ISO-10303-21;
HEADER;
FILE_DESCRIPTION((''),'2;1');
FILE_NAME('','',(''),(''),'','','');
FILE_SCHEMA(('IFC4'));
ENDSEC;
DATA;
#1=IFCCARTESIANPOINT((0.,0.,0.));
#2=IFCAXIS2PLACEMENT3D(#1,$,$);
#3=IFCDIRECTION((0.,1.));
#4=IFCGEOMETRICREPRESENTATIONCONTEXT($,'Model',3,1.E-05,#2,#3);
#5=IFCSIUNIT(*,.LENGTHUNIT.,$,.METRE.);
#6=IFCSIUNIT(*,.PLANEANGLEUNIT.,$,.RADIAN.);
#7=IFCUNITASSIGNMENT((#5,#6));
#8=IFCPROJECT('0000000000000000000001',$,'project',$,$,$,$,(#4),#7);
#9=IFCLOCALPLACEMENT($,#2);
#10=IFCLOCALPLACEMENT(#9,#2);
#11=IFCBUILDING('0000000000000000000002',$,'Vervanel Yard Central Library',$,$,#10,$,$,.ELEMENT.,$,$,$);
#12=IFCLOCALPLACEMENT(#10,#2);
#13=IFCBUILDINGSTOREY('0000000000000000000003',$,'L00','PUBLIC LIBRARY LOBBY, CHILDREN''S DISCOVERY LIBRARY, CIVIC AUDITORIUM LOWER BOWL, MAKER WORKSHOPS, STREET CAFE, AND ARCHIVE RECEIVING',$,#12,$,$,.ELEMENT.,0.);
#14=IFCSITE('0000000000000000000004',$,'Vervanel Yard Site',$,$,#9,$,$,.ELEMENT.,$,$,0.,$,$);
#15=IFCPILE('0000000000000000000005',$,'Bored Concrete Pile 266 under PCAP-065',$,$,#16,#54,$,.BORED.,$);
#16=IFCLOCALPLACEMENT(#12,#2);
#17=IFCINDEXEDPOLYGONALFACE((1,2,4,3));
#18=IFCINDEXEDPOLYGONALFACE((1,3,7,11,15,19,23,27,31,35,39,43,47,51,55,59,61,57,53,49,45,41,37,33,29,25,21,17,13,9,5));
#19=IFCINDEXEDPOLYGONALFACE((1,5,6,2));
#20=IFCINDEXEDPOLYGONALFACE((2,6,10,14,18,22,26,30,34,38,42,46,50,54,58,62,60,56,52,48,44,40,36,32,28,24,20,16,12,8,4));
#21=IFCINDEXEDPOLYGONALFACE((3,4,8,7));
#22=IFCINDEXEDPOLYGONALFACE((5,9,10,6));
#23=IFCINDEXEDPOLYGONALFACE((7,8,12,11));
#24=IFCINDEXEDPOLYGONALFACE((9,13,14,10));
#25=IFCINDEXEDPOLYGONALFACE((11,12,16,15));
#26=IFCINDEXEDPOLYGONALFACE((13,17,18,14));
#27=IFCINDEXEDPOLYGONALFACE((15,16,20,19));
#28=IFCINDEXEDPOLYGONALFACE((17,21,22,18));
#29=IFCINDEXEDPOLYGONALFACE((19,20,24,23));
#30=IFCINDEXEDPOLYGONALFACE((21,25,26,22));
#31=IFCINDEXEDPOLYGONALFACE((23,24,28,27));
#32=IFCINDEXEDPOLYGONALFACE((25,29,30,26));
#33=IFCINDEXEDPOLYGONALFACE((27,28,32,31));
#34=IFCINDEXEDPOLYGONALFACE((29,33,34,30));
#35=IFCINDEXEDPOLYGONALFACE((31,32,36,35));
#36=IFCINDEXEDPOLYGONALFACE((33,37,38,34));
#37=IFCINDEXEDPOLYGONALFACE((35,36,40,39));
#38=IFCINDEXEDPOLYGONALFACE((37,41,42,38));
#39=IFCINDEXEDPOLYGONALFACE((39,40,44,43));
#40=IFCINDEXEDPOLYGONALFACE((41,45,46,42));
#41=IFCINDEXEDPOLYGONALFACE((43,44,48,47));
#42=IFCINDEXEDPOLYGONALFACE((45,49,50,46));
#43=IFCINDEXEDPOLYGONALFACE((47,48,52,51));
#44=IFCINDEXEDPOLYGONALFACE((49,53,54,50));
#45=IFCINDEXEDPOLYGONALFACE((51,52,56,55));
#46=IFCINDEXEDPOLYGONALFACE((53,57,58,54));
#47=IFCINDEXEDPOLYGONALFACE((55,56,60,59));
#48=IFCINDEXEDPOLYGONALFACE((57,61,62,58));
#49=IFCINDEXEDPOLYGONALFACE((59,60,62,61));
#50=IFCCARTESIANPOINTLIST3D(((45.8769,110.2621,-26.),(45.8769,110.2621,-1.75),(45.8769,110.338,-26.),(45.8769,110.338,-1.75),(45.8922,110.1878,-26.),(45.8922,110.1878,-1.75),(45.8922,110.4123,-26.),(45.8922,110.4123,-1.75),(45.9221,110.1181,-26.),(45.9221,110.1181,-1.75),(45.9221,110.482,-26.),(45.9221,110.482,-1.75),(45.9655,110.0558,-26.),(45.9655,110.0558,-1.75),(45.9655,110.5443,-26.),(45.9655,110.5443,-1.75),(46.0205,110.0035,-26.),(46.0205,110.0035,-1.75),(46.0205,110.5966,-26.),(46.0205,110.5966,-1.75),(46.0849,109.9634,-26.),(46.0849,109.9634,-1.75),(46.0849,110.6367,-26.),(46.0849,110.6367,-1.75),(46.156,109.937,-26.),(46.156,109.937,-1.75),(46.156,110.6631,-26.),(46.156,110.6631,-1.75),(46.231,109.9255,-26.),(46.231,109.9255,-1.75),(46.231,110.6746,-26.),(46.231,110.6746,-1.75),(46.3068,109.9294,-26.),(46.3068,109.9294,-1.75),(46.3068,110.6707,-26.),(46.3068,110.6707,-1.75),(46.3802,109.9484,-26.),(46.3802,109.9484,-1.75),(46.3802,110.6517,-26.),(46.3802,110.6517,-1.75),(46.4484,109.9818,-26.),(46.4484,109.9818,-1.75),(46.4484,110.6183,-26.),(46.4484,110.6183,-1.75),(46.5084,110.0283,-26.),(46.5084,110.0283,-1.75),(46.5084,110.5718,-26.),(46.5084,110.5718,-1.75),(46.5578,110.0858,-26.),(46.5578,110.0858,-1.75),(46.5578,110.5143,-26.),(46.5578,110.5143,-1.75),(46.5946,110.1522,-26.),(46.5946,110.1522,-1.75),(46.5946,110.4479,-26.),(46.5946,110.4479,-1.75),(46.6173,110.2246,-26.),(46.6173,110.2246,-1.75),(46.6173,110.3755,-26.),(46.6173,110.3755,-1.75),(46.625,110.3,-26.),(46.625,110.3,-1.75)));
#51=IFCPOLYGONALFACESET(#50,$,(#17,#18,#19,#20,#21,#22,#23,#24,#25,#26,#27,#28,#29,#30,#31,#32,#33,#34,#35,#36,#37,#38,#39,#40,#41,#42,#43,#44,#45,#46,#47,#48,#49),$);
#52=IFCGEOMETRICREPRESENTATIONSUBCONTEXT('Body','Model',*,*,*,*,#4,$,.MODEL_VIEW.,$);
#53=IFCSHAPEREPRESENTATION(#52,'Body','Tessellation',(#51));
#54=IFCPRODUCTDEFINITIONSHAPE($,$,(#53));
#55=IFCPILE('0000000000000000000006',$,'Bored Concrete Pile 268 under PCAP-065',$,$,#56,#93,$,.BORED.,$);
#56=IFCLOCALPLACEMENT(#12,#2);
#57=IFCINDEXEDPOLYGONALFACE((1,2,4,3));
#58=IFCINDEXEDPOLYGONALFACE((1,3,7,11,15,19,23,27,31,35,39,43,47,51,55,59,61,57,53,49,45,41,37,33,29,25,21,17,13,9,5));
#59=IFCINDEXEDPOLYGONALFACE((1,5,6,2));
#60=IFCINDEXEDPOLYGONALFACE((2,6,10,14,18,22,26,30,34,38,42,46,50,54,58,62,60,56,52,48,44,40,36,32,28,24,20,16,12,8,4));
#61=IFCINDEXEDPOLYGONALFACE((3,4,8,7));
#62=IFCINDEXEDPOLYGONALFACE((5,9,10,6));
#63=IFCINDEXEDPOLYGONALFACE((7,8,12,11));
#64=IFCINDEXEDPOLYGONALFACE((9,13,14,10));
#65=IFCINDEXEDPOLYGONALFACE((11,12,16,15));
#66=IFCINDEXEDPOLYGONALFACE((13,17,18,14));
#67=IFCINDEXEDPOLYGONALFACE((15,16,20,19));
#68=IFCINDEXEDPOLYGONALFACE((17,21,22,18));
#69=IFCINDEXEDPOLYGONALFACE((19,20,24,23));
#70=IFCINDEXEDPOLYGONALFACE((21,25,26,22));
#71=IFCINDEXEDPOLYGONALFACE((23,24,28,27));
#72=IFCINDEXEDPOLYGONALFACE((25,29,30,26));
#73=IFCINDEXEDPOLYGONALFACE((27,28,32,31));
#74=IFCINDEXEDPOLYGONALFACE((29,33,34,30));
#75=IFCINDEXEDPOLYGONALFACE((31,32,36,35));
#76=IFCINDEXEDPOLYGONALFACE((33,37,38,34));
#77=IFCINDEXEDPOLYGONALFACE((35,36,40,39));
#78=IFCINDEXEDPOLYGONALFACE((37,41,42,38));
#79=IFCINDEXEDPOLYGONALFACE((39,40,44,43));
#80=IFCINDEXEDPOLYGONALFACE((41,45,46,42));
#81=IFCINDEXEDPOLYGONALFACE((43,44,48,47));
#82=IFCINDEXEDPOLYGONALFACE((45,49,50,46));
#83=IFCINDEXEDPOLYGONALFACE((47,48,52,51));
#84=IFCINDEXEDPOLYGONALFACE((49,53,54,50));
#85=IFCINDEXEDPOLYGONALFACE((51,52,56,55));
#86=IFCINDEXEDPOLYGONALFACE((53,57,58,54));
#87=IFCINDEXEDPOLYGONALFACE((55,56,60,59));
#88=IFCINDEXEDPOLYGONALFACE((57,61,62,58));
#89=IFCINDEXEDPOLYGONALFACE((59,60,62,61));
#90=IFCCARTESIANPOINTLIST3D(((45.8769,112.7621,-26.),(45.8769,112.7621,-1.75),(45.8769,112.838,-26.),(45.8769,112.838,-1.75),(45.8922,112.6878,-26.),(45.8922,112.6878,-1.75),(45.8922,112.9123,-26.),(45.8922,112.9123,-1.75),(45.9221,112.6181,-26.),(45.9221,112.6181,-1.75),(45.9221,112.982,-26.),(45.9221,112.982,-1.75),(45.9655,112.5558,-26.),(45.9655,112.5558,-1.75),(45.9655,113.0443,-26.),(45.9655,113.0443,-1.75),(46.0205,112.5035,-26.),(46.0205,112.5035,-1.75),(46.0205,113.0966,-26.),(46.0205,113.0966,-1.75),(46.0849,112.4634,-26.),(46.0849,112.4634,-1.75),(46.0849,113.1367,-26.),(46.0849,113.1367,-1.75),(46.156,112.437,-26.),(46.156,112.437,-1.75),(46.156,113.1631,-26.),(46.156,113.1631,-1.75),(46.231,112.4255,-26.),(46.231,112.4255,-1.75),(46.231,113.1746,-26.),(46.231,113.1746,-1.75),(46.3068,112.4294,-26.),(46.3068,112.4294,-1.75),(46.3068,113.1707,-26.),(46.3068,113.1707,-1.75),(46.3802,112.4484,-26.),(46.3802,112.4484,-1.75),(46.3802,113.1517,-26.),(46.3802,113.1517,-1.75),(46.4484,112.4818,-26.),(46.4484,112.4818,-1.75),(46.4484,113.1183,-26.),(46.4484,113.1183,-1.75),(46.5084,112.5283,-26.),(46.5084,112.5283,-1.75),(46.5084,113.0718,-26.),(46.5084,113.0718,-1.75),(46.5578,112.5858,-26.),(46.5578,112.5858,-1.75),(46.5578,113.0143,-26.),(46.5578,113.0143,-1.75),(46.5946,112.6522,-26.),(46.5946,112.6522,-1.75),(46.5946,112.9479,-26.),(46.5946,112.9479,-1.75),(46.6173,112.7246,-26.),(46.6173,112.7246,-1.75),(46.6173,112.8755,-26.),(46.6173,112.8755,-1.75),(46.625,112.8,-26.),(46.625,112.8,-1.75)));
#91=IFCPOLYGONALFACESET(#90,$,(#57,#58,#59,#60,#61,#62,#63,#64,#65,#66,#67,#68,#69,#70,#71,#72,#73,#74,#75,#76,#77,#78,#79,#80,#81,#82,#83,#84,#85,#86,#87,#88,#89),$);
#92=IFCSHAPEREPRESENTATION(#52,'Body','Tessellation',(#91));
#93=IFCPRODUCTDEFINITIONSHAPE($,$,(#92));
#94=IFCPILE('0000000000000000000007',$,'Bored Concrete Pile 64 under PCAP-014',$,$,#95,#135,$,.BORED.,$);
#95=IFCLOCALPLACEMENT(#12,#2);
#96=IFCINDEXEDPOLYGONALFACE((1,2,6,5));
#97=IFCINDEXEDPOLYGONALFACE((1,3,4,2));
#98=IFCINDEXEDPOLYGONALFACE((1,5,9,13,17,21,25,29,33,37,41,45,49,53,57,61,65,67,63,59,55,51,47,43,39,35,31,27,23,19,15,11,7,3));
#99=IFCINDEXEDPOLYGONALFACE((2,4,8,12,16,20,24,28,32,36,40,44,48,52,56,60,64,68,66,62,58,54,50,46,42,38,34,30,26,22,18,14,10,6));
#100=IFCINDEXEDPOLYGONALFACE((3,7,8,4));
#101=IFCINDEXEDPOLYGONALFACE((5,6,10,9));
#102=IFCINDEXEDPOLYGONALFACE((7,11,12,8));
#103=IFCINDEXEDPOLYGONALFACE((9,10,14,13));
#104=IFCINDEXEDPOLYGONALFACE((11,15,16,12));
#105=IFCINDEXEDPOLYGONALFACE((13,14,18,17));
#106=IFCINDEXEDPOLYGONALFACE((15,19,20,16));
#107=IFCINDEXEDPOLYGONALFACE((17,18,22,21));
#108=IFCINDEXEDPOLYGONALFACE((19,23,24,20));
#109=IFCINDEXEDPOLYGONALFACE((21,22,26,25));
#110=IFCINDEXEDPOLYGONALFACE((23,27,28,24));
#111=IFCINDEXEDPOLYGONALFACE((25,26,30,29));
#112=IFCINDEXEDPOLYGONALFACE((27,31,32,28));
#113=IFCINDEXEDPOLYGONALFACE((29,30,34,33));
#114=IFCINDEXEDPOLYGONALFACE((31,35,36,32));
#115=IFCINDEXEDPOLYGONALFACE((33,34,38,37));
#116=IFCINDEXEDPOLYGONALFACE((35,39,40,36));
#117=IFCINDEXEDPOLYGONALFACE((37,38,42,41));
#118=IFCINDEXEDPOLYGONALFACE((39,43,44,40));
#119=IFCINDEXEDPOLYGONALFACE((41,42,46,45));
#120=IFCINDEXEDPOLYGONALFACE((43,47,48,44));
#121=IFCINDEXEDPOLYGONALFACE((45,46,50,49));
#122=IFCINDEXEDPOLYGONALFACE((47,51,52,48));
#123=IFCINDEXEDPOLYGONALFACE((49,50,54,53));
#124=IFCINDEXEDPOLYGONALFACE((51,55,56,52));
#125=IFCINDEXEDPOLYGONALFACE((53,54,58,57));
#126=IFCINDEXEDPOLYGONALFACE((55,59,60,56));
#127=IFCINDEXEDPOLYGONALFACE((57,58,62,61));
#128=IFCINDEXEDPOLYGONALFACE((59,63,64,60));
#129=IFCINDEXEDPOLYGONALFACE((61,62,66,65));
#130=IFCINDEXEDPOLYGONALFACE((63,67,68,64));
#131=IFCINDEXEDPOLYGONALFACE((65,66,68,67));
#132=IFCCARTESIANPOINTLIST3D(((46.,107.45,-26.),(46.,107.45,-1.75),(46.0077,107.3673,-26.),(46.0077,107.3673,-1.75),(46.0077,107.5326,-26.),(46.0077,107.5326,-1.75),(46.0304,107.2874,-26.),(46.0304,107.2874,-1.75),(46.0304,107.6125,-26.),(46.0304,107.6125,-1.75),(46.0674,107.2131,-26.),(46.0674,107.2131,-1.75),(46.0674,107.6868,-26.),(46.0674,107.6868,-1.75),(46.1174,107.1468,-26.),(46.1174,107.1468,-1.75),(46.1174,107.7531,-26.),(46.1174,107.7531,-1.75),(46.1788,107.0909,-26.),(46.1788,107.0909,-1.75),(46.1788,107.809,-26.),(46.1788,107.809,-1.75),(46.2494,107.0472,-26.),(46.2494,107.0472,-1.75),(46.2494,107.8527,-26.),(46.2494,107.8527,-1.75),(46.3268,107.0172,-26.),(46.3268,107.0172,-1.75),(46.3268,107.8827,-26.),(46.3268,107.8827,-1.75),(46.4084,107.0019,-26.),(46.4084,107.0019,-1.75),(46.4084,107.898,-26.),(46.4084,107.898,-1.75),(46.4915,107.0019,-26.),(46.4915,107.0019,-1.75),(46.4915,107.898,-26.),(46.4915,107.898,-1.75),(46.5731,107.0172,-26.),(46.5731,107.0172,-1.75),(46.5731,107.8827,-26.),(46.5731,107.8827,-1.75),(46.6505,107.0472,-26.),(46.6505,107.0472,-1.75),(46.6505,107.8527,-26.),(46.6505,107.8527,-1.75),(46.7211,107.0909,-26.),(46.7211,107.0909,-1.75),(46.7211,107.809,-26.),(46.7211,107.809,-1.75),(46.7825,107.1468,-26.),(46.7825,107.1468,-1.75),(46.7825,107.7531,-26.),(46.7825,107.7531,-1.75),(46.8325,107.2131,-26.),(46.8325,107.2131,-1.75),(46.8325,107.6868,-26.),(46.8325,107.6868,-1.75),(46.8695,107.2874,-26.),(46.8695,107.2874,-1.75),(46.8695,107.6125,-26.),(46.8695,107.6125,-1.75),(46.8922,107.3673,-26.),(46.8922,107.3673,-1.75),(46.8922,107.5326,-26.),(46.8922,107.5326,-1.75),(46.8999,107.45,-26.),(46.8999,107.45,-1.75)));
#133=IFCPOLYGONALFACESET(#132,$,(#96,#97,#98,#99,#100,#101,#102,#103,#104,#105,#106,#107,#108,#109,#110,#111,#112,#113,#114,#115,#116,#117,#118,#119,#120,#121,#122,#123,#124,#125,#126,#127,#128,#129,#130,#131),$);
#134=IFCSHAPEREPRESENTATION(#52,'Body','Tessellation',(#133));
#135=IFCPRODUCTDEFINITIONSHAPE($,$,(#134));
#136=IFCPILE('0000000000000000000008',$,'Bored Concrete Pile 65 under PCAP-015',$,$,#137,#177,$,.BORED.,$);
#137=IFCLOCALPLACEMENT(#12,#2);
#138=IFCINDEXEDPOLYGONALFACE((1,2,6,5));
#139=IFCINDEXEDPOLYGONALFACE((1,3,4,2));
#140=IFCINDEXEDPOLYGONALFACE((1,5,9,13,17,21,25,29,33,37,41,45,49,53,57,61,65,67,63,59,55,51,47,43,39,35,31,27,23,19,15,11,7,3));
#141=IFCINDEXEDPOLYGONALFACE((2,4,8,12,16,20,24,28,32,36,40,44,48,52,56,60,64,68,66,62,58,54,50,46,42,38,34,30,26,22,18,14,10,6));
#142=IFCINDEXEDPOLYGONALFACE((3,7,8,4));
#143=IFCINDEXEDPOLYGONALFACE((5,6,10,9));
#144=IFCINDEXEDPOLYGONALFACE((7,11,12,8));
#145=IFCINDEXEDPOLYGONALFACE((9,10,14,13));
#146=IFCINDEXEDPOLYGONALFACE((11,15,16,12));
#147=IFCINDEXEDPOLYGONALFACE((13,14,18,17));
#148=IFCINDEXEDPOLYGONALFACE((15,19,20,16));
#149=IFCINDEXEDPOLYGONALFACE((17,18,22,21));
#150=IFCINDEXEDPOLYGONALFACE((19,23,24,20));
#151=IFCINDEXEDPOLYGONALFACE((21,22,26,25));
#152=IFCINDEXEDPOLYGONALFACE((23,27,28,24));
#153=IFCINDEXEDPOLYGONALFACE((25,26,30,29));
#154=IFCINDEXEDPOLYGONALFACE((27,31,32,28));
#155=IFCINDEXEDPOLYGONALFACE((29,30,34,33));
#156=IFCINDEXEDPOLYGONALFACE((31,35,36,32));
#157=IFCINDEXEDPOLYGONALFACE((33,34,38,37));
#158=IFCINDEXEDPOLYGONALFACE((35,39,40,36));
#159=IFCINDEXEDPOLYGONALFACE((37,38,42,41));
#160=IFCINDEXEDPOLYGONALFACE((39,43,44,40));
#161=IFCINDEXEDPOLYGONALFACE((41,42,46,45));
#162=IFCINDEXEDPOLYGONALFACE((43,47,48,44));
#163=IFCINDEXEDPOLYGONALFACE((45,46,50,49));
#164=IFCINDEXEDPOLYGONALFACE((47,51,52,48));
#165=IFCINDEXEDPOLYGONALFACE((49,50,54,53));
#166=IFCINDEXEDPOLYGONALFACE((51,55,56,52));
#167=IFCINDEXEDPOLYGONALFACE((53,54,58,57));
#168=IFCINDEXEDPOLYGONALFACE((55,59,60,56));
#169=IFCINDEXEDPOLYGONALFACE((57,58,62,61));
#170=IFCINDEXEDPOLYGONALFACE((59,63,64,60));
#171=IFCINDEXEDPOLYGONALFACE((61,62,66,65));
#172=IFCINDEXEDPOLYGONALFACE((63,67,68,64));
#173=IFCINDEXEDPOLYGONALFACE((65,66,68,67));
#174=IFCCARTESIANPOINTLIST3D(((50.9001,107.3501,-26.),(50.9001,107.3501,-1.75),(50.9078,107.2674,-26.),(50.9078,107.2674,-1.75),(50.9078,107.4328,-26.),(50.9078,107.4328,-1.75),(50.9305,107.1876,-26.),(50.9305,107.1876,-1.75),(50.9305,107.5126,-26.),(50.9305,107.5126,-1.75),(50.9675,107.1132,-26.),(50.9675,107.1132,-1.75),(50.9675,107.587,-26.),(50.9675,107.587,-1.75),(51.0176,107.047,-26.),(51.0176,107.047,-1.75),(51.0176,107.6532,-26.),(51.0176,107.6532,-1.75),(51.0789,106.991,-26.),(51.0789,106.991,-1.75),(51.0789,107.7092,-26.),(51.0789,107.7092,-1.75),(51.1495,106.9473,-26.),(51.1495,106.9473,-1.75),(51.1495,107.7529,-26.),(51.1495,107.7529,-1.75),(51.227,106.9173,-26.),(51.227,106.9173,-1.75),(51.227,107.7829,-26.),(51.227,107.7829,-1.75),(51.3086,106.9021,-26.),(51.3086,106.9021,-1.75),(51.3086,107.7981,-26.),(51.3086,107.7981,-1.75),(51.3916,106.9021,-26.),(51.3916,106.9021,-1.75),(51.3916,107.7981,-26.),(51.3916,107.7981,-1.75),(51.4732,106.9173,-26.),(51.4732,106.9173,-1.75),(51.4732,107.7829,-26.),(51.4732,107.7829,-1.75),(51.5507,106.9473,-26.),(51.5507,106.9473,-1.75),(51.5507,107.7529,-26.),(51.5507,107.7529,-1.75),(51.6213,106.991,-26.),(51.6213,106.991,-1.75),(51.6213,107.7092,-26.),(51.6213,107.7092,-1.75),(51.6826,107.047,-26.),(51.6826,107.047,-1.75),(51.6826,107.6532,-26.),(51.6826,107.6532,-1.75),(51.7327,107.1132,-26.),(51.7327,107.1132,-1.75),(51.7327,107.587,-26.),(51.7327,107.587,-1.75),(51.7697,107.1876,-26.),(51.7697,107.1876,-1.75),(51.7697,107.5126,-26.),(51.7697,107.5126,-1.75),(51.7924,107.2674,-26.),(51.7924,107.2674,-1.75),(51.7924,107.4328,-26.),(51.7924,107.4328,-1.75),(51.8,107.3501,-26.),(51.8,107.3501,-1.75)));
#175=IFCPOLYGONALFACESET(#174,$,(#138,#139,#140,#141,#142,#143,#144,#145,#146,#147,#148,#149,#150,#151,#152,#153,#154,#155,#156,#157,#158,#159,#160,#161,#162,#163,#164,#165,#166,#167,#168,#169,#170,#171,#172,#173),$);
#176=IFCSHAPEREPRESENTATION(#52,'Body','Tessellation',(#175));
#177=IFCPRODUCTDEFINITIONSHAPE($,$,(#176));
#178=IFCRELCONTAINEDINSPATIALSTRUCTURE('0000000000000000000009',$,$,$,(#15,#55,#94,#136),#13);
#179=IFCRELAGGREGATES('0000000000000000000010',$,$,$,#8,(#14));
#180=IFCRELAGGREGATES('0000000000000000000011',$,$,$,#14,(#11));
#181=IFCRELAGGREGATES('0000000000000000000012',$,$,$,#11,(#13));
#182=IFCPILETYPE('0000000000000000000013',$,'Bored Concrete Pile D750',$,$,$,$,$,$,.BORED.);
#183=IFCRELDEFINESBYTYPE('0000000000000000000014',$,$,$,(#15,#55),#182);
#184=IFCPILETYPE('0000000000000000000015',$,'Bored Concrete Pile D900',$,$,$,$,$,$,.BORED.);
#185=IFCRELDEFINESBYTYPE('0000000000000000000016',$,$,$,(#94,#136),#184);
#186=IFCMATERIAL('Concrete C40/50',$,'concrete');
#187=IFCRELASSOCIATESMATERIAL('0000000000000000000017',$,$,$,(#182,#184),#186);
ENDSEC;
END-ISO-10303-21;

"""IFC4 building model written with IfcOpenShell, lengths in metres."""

from ifc_helpers import new_model, si_unit, direction, frame, origin, origin_2d, place, context, subcontext, project, spatial, circle, extrude, material, material_profile, profile_set, type_object, element, save


model = new_model("IFC4")

# Units and contexts
model_context = context("Model", 3, precision=1e-05, world=origin(), true_north=direction((0.0, 1.0)))
body_context = subcontext(model_context, "Body", "Model", "MODEL_VIEW")
ifc_project = project(units=[si_unit("LENGTHUNIT", "METRE"), si_unit("PLANEANGLEUNIT", "RADIAN")], contexts=[model_context])

# Site, building, storey
site_placement = place(None, origin())
site = spatial("IfcSite", under=ifc_project, at=site_placement, Name="Vervanel Yard Site", CompositionType="ELEMENT", RefElevation=0.0)
building_placement = place(site_placement, origin())
building = spatial("IfcBuilding", under=site, at=building_placement, Name="Vervanel Yard Central Library", CompositionType="ELEMENT")
storey_placement = place(building_placement, origin())
storey = spatial("IfcBuildingStorey", under=building, at=storey_placement, Name="L00", Description="PUBLIC LIBRARY LOBBY, CHILDREN'S DISCOVERY LIBRARY, CIVIC AUDITORIUM LOWER BOWL, MAKER WORKSHOPS, STREET CAFE, AND ARCHIVE RECEIVING", CompositionType="ELEMENT", Elevation=0.0)

# Piles
ifc_material_1 = material(Name="Concrete C40/50", Category="concrete")
ifc_material_profile_1 = material_profile(ifc_material_1, circle(Radius=0.375, at=origin_2d()), Name="BP D750", Category="concrete")
ifc_profile_set_1 = profile_set([ifc_material_profile_1], Name="Concrete C40/50")
pile_type_1 = type_object("IfcPileType", Name="Bored Concrete Pile D750", PredefinedType="BORED", material=ifc_profile_set_1)
for number, where, z_axis, x_axis, name in (
    (1, (46.25, 110.3, -1.75), (0.0, 0.0, -1.0), (1.0, 0.0, 0.0), "Bored Concrete Pile 266 under PCAP-065"),
    (2, (46.25, 112.8, -1.75), (0.0, 0.0, -1.0), (1.0, 0.0, 0.0), "Bored Concrete Pile 268 under PCAP-065"),
):
    element("IfcPile", number, at=place(storey_placement, frame(where, z_axis=z_axis, x_axis=x_axis)), inside=storey, type_object=pile_type_1, Name=name, PredefinedType="BORED", context=body_context, shape_type="SweptSolid", body=[
        extrude(circle(Radius=0.375, at=origin_2d()), origin(), (0.0, 0.0, 1.0), 24.25),
    ])
ifc_material_profile_2 = material_profile(ifc_material_1, circle(Radius=0.45, at=origin_2d()), Name="BP D900", Category="concrete")
ifc_profile_set_2 = profile_set([ifc_material_profile_2], Name="Concrete C40/50")
pile_type_2 = type_object("IfcPileType", Name="Bored Concrete Pile D900", PredefinedType="BORED", material=ifc_profile_set_2)
for number, where, z_axis, x_axis, name in (
    (3, (46.45, 107.45, -1.75), (0.0, 0.0, -1.0), (1.0, 0.0, 0.0), "Bored Concrete Pile 64 under PCAP-014"),
    (4, (51.3501, 107.3501, -1.75), (0.0, 0.0, -1.0), (1.0, 0.0, 0.0), "Bored Concrete Pile 65 under PCAP-015"),
):
    element("IfcPile", number, at=place(storey_placement, frame(where, z_axis=z_axis, x_axis=x_axis)), inside=storey, type_object=pile_type_2, Name=name, PredefinedType="BORED", context=body_context, shape_type="SweptSolid", body=[
        extrude(circle(Radius=0.45, at=origin_2d()), origin(), (0.0, 0.0, 1.0), 24.25),
    ])

save(model, "model.ifc")
